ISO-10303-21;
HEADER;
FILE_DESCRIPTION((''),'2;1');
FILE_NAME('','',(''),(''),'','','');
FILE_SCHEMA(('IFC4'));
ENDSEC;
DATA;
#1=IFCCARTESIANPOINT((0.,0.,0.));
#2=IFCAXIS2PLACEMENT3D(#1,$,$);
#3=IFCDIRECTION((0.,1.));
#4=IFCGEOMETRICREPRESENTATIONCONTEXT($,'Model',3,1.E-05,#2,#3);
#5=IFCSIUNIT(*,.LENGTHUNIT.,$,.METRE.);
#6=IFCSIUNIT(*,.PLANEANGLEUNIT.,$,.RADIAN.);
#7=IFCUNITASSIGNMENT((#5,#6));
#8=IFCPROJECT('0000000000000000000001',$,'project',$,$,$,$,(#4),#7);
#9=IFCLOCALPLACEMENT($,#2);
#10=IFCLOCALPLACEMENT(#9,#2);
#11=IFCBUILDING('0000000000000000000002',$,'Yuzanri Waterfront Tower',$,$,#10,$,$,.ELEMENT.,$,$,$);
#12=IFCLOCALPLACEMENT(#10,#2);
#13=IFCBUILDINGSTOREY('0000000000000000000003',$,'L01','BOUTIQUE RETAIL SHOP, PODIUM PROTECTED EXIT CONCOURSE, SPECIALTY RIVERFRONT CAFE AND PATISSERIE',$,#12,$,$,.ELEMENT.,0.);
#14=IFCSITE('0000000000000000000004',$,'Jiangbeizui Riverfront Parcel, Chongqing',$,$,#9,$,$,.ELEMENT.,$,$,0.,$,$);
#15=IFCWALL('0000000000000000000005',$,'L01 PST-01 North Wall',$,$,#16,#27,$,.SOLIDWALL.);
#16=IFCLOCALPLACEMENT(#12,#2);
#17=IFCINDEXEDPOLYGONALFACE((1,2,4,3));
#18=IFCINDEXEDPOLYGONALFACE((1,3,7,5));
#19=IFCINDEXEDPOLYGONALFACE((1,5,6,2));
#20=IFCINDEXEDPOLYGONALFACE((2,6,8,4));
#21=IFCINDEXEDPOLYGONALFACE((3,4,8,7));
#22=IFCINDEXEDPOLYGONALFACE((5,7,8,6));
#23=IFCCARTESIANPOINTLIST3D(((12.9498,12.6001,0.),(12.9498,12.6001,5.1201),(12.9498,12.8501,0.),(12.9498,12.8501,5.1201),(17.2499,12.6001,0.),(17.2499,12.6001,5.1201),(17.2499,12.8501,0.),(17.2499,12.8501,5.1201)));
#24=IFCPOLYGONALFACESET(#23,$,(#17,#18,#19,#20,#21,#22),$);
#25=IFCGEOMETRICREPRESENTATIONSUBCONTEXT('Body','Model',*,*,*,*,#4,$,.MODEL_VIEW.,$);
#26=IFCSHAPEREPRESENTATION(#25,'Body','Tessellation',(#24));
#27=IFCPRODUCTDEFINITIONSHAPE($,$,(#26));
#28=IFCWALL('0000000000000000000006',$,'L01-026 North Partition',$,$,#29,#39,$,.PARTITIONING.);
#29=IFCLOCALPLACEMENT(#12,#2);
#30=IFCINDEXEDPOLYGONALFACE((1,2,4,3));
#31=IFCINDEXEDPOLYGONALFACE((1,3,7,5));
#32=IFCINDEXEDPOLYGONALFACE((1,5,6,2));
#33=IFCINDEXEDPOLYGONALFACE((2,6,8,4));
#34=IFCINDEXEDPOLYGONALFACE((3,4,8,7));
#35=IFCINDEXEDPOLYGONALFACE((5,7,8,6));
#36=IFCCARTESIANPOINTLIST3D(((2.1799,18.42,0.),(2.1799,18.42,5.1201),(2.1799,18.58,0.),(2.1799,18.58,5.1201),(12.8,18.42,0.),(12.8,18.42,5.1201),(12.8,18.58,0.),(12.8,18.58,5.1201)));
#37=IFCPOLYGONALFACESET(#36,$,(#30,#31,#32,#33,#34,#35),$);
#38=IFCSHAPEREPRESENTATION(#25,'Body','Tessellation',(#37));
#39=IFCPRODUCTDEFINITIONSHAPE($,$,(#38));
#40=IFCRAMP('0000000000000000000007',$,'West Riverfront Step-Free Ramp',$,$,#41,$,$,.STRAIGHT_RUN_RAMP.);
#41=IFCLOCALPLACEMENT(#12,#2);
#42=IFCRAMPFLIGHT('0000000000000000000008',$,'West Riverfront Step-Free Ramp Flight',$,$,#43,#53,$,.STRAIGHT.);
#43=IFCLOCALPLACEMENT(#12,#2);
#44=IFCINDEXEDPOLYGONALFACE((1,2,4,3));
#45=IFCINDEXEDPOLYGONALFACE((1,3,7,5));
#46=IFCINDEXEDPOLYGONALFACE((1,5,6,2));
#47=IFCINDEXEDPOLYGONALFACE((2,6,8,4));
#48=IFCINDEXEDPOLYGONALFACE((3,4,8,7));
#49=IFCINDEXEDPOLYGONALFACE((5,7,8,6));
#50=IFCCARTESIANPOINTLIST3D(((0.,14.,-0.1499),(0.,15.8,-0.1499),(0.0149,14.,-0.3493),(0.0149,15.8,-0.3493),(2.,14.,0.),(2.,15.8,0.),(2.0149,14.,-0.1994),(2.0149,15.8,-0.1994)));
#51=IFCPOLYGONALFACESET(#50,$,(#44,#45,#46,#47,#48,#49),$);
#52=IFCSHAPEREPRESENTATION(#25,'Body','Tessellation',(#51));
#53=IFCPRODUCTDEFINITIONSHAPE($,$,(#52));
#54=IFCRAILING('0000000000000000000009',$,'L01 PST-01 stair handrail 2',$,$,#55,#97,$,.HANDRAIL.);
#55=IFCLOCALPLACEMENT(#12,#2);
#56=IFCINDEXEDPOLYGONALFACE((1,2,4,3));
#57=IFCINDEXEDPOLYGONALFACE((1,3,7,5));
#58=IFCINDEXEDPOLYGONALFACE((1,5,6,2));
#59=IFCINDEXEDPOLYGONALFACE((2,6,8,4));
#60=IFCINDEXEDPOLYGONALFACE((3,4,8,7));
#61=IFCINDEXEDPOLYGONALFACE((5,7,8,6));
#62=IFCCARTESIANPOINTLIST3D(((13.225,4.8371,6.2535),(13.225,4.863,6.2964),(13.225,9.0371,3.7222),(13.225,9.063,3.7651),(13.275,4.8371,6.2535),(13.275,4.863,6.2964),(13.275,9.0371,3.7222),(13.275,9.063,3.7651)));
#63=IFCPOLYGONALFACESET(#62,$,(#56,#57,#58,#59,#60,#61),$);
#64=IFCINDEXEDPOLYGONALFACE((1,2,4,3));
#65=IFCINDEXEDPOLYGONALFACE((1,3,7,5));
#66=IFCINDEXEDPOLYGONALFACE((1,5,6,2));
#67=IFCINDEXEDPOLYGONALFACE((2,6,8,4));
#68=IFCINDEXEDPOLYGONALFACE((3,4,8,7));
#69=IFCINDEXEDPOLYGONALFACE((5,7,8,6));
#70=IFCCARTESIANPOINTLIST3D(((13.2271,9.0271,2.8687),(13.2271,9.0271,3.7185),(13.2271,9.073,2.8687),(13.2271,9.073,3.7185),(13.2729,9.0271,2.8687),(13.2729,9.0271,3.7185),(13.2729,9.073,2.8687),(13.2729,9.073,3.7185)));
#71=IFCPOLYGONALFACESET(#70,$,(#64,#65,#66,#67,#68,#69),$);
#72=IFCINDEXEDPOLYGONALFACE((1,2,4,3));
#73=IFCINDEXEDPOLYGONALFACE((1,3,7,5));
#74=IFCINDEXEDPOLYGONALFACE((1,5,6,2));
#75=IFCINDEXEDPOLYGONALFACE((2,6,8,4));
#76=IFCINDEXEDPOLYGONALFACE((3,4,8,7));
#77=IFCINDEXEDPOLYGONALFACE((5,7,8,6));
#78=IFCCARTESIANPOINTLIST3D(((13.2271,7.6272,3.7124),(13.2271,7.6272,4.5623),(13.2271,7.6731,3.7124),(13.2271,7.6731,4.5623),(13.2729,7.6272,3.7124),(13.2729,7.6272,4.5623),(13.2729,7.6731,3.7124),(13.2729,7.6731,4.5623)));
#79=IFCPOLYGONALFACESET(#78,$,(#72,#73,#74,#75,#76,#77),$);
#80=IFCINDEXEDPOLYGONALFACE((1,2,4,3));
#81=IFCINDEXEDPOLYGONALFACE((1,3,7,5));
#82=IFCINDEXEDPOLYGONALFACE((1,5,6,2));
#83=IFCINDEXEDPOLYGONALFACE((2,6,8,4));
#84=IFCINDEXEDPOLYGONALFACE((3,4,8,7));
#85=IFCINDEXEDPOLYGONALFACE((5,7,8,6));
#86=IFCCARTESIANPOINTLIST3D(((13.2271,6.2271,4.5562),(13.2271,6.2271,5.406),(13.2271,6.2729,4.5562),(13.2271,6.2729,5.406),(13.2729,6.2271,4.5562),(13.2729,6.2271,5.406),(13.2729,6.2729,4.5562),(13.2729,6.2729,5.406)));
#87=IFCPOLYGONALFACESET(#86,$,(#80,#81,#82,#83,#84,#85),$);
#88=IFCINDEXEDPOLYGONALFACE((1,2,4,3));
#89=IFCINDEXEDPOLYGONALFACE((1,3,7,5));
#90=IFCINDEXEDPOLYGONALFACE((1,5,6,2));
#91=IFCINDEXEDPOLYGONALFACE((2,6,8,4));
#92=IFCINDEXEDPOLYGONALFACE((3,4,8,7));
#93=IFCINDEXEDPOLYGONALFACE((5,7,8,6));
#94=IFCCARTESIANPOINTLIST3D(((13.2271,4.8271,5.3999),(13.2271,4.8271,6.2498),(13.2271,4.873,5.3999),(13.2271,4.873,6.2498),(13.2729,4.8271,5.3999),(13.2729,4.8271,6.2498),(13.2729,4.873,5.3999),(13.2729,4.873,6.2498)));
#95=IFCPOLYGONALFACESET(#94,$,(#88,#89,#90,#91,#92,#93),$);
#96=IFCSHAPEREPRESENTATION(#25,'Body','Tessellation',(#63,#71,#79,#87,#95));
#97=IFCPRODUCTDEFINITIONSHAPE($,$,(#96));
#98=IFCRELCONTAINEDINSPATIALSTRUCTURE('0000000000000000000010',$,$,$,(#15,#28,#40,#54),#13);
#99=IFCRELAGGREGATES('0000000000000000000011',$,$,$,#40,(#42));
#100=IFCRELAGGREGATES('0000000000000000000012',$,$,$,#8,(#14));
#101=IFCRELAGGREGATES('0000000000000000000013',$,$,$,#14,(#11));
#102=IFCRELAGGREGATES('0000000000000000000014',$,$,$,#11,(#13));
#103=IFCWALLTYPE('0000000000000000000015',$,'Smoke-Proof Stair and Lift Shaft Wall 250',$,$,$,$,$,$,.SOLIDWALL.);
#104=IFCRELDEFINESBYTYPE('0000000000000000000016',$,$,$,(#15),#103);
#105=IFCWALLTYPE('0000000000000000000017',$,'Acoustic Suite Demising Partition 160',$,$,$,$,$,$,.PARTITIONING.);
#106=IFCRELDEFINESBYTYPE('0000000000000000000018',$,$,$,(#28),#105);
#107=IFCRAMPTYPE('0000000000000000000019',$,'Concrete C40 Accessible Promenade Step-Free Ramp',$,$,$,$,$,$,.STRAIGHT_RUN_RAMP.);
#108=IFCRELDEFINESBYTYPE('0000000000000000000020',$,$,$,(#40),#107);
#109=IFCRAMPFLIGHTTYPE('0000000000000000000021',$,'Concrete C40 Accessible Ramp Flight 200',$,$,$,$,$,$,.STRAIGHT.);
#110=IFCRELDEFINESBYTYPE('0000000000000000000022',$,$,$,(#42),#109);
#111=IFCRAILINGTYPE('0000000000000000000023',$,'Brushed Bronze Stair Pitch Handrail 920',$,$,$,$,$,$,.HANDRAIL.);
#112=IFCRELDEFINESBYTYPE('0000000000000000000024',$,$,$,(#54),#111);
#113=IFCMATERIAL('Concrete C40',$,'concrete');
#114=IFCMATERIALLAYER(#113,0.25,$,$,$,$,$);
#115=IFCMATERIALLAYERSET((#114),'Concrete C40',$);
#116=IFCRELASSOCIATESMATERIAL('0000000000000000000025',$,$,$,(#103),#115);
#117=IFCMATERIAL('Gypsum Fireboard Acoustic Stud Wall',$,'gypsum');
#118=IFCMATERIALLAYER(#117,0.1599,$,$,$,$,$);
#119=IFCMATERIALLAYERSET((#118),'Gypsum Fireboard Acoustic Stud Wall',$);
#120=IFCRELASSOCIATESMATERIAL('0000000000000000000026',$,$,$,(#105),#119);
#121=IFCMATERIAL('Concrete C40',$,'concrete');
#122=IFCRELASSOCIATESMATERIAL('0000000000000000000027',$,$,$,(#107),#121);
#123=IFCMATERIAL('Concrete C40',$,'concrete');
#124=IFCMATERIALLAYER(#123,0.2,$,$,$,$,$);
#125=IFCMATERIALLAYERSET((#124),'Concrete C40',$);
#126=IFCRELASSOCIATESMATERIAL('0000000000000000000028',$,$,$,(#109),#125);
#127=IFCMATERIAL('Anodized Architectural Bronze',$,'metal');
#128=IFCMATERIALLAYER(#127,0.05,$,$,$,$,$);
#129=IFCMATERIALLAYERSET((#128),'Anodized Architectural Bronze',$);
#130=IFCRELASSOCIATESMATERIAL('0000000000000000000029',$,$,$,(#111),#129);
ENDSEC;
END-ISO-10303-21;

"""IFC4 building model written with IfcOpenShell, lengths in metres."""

from ifc_helpers import new_model, si_unit, direction, frame, frame_2d, origin, origin_2d, place, context, subcontext, project, spatial, polyline, rectangle, outline, extrude, source, transform, mapped, material, layer, layer_set, type_object, element, aggregate, save


model = new_model("IFC4")

# Units and contexts
model_context = context("Model", 3, precision=1e-05, world=origin(), true_north=direction((0.0, 1.0)))
body_context = subcontext(model_context, "Body", "Model", "MODEL_VIEW")
ifc_project = project(units=[si_unit("LENGTHUNIT", "METRE"), si_unit("PLANEANGLEUNIT", "RADIAN")], contexts=[model_context])

# Site, building, storey
site_placement = place(None, origin())
site = spatial("IfcSite", under=ifc_project, at=site_placement, Name="Jiangbeizui Riverfront Parcel, Chongqing", CompositionType="ELEMENT", RefElevation=0.0)
building_placement = place(site_placement, origin())
building = spatial("IfcBuilding", under=site, at=building_placement, Name="Yuzanri Waterfront Tower", CompositionType="ELEMENT")
storey_placement = place(building_placement, origin())
storey = spatial("IfcBuildingStorey", under=building, at=storey_placement, Name="L01", Description="BOUTIQUE RETAIL SHOP, PODIUM PROTECTED EXIT CONCOURSE, SPECIALTY RIVERFRONT CAFE AND PATISSERIE", CompositionType="ELEMENT", Elevation=0.0)

# Walls
ifc_material_1 = material(Name="Concrete C40", Category="concrete")
ifc_layer_1 = layer(ifc_material_1, 0.25)
ifc_layer_set_1 = layer_set([ifc_layer_1], Name="Concrete C40")
wall_type_1 = type_object("IfcWallType", Name="Smoke-Proof Stair and Lift Shaft Wall 250", PredefinedType="SOLIDWALL", material=ifc_layer_set_1)
shared_shape_1 = source(origin(), body_context, "Body", "SweptSolid", [
    extrude(rectangle(XDim=4.3, YDim=0.25, at=frame_2d((2.1499, 0.0))), origin(), (0.0, 0.0, 1.0), 5.1201),
])
wall_1_placement = place(storey_placement, frame((12.95, 12.7251, 0.0), z_axis=(0.0, 0.0, 1.0), x_axis=(1.0, 0.0, 0.0)))
element("IfcWall", 1, at=wall_1_placement, inside=storey, type_object=wall_type_1, Name="L01 PST-01 North Wall", PredefinedType="SOLIDWALL", context=body_context, shape_type="MappedRepresentation", body=[
    mapped(shared_shape_1, transform((0.0, 0.0, 0.0), scale=1.0)),
])
ifc_material_2 = material(Name="Gypsum Fireboard Acoustic Stud Wall", Category="gypsum")
ifc_layer_2 = layer(ifc_material_2, 0.1599)
ifc_layer_set_2 = layer_set([ifc_layer_2], Name="Gypsum Fireboard Acoustic Stud Wall")
wall_type_2 = type_object("IfcWallType", Name="Acoustic Suite Demising Partition 160", PredefinedType="PARTITIONING", material=ifc_layer_set_2)
shared_shape_2 = source(origin(), body_context, "Body", "SweptSolid", [
    extrude(rectangle(XDim=10.6201, YDim=0.1599, at=frame_2d((5.3101, 0.0))), origin(), (0.0, 0.0, 1.0), 5.1201),
])
wall_2_placement = place(storey_placement, frame((2.1799, 18.5, 0.0), z_axis=(0.0, 0.0, 1.0), x_axis=(1.0, 0.0, 0.0)))
element("IfcWall", 2, at=wall_2_placement, inside=storey, type_object=wall_type_2, Name="L01-026 North Partition", PredefinedType="PARTITIONING", context=body_context, shape_type="MappedRepresentation", body=[
    mapped(shared_shape_2, transform((0.0, 0.0, 0.0), scale=1.0)),
])

# Ramp, ramp flight
ifc_material_3 = material(Name="Concrete C40", Category="concrete")
ramp_type = type_object("IfcRampType", Name="Concrete C40 Accessible Promenade Step-Free Ramp", PredefinedType="STRAIGHT_RUN_RAMP", material=ifc_material_3)
ramp_placement = place(storey_placement, origin())
ramp = element("IfcRamp", 3, at=ramp_placement, inside=storey, type_object=ramp_type, Name="West Riverfront Step-Free Ramp", PredefinedType="STRAIGHT_RUN_RAMP")
ifc_material_4 = material(Name="Concrete C40", Category="concrete")
ifc_layer_3 = layer(ifc_material_4, 0.2)
ifc_layer_set_3 = layer_set([ifc_layer_3], Name="Concrete C40")
ramp_flight_type = type_object("IfcRampFlightType", Name="Concrete C40 Accessible Ramp Flight 200", PredefinedType="STRAIGHT", material=ifc_layer_set_3)
ramp_flight_placement = place(storey_placement, frame((0.0, 14.0, -0.1499), z_axis=(-0.074742, 0.0, 0.997203), x_axis=(0.997203, 0.0, 0.074742)))
ramp_flight = element("IfcRampFlight", 4, at=ramp_flight_placement, type_object=ramp_flight_type, Name="West Riverfront Step-Free Ramp Flight", PredefinedType="STRAIGHT", context=body_context, shape_type="SweptSolid", body=[
    extrude(outline(polyline([(0.0, 0.0), (2.0056, 0.0), (2.0056, 1.8), (0.0, 1.8), (0.0, 0.0)])), origin(), (0.0, 0.0, -1.0), 0.2),
])
aggregate(ramp, [ramp_flight])

# Railing
ifc_material_5 = material(Name="Anodized Architectural Bronze", Category="metal")
ifc_layer_4 = layer(ifc_material_5, 0.05)
ifc_layer_set_4 = layer_set([ifc_layer_4], Name="Anodized Architectural Bronze")
railing_type = type_object("IfcRailingType", Name="Brushed Bronze Stair Pitch Handrail 920", PredefinedType="HANDRAIL", material=ifc_layer_set_4)
shared_shape_3 = source(origin(), body_context, "Body", "SweptSolid", [
    extrude(rectangle(XDim=0.05, YDim=0.05, at=origin_2d()), frame((0.0, 0.0, 0.875), z_axis=(0.0, -0.856476, 0.516186), x_axis=(1.0, 0.0, 0.0)), (0.0, 0.0, 1.0), 4.9038),
    extrude(rectangle(XDim=0.0459, YDim=0.0459, at=origin_2d()), origin(), (0.0, 0.0, 1.0), 0.8499),
    extrude(rectangle(XDim=0.0459, YDim=0.0459, at=origin_2d()), frame((0.0, -1.3999, 0.8438)), (0.0, 0.0, 1.0), 0.8499),
    extrude(rectangle(XDim=0.0459, YDim=0.0459, at=origin_2d()), frame((0.0, -2.8, 1.6875)), (0.0, 0.0, 1.0), 0.8499),
    extrude(rectangle(XDim=0.0459, YDim=0.0459, at=origin_2d()), frame((0.0, -4.2, 2.5312)), (0.0, 0.0, 1.0), 0.8499),
])
railing_placement = place(storey_placement, frame((13.25, 9.05, 2.8687)))
element("IfcRailing", 5, at=railing_placement, inside=storey, type_object=railing_type, Name="L01 PST-01 stair handrail 2", PredefinedType="HANDRAIL", context=body_context, shape_type="MappedRepresentation", body=[
    mapped(shared_shape_3, transform((0.0, 0.0, 0.0), scale=1.0)),
])

save(model, "model.ifc")
